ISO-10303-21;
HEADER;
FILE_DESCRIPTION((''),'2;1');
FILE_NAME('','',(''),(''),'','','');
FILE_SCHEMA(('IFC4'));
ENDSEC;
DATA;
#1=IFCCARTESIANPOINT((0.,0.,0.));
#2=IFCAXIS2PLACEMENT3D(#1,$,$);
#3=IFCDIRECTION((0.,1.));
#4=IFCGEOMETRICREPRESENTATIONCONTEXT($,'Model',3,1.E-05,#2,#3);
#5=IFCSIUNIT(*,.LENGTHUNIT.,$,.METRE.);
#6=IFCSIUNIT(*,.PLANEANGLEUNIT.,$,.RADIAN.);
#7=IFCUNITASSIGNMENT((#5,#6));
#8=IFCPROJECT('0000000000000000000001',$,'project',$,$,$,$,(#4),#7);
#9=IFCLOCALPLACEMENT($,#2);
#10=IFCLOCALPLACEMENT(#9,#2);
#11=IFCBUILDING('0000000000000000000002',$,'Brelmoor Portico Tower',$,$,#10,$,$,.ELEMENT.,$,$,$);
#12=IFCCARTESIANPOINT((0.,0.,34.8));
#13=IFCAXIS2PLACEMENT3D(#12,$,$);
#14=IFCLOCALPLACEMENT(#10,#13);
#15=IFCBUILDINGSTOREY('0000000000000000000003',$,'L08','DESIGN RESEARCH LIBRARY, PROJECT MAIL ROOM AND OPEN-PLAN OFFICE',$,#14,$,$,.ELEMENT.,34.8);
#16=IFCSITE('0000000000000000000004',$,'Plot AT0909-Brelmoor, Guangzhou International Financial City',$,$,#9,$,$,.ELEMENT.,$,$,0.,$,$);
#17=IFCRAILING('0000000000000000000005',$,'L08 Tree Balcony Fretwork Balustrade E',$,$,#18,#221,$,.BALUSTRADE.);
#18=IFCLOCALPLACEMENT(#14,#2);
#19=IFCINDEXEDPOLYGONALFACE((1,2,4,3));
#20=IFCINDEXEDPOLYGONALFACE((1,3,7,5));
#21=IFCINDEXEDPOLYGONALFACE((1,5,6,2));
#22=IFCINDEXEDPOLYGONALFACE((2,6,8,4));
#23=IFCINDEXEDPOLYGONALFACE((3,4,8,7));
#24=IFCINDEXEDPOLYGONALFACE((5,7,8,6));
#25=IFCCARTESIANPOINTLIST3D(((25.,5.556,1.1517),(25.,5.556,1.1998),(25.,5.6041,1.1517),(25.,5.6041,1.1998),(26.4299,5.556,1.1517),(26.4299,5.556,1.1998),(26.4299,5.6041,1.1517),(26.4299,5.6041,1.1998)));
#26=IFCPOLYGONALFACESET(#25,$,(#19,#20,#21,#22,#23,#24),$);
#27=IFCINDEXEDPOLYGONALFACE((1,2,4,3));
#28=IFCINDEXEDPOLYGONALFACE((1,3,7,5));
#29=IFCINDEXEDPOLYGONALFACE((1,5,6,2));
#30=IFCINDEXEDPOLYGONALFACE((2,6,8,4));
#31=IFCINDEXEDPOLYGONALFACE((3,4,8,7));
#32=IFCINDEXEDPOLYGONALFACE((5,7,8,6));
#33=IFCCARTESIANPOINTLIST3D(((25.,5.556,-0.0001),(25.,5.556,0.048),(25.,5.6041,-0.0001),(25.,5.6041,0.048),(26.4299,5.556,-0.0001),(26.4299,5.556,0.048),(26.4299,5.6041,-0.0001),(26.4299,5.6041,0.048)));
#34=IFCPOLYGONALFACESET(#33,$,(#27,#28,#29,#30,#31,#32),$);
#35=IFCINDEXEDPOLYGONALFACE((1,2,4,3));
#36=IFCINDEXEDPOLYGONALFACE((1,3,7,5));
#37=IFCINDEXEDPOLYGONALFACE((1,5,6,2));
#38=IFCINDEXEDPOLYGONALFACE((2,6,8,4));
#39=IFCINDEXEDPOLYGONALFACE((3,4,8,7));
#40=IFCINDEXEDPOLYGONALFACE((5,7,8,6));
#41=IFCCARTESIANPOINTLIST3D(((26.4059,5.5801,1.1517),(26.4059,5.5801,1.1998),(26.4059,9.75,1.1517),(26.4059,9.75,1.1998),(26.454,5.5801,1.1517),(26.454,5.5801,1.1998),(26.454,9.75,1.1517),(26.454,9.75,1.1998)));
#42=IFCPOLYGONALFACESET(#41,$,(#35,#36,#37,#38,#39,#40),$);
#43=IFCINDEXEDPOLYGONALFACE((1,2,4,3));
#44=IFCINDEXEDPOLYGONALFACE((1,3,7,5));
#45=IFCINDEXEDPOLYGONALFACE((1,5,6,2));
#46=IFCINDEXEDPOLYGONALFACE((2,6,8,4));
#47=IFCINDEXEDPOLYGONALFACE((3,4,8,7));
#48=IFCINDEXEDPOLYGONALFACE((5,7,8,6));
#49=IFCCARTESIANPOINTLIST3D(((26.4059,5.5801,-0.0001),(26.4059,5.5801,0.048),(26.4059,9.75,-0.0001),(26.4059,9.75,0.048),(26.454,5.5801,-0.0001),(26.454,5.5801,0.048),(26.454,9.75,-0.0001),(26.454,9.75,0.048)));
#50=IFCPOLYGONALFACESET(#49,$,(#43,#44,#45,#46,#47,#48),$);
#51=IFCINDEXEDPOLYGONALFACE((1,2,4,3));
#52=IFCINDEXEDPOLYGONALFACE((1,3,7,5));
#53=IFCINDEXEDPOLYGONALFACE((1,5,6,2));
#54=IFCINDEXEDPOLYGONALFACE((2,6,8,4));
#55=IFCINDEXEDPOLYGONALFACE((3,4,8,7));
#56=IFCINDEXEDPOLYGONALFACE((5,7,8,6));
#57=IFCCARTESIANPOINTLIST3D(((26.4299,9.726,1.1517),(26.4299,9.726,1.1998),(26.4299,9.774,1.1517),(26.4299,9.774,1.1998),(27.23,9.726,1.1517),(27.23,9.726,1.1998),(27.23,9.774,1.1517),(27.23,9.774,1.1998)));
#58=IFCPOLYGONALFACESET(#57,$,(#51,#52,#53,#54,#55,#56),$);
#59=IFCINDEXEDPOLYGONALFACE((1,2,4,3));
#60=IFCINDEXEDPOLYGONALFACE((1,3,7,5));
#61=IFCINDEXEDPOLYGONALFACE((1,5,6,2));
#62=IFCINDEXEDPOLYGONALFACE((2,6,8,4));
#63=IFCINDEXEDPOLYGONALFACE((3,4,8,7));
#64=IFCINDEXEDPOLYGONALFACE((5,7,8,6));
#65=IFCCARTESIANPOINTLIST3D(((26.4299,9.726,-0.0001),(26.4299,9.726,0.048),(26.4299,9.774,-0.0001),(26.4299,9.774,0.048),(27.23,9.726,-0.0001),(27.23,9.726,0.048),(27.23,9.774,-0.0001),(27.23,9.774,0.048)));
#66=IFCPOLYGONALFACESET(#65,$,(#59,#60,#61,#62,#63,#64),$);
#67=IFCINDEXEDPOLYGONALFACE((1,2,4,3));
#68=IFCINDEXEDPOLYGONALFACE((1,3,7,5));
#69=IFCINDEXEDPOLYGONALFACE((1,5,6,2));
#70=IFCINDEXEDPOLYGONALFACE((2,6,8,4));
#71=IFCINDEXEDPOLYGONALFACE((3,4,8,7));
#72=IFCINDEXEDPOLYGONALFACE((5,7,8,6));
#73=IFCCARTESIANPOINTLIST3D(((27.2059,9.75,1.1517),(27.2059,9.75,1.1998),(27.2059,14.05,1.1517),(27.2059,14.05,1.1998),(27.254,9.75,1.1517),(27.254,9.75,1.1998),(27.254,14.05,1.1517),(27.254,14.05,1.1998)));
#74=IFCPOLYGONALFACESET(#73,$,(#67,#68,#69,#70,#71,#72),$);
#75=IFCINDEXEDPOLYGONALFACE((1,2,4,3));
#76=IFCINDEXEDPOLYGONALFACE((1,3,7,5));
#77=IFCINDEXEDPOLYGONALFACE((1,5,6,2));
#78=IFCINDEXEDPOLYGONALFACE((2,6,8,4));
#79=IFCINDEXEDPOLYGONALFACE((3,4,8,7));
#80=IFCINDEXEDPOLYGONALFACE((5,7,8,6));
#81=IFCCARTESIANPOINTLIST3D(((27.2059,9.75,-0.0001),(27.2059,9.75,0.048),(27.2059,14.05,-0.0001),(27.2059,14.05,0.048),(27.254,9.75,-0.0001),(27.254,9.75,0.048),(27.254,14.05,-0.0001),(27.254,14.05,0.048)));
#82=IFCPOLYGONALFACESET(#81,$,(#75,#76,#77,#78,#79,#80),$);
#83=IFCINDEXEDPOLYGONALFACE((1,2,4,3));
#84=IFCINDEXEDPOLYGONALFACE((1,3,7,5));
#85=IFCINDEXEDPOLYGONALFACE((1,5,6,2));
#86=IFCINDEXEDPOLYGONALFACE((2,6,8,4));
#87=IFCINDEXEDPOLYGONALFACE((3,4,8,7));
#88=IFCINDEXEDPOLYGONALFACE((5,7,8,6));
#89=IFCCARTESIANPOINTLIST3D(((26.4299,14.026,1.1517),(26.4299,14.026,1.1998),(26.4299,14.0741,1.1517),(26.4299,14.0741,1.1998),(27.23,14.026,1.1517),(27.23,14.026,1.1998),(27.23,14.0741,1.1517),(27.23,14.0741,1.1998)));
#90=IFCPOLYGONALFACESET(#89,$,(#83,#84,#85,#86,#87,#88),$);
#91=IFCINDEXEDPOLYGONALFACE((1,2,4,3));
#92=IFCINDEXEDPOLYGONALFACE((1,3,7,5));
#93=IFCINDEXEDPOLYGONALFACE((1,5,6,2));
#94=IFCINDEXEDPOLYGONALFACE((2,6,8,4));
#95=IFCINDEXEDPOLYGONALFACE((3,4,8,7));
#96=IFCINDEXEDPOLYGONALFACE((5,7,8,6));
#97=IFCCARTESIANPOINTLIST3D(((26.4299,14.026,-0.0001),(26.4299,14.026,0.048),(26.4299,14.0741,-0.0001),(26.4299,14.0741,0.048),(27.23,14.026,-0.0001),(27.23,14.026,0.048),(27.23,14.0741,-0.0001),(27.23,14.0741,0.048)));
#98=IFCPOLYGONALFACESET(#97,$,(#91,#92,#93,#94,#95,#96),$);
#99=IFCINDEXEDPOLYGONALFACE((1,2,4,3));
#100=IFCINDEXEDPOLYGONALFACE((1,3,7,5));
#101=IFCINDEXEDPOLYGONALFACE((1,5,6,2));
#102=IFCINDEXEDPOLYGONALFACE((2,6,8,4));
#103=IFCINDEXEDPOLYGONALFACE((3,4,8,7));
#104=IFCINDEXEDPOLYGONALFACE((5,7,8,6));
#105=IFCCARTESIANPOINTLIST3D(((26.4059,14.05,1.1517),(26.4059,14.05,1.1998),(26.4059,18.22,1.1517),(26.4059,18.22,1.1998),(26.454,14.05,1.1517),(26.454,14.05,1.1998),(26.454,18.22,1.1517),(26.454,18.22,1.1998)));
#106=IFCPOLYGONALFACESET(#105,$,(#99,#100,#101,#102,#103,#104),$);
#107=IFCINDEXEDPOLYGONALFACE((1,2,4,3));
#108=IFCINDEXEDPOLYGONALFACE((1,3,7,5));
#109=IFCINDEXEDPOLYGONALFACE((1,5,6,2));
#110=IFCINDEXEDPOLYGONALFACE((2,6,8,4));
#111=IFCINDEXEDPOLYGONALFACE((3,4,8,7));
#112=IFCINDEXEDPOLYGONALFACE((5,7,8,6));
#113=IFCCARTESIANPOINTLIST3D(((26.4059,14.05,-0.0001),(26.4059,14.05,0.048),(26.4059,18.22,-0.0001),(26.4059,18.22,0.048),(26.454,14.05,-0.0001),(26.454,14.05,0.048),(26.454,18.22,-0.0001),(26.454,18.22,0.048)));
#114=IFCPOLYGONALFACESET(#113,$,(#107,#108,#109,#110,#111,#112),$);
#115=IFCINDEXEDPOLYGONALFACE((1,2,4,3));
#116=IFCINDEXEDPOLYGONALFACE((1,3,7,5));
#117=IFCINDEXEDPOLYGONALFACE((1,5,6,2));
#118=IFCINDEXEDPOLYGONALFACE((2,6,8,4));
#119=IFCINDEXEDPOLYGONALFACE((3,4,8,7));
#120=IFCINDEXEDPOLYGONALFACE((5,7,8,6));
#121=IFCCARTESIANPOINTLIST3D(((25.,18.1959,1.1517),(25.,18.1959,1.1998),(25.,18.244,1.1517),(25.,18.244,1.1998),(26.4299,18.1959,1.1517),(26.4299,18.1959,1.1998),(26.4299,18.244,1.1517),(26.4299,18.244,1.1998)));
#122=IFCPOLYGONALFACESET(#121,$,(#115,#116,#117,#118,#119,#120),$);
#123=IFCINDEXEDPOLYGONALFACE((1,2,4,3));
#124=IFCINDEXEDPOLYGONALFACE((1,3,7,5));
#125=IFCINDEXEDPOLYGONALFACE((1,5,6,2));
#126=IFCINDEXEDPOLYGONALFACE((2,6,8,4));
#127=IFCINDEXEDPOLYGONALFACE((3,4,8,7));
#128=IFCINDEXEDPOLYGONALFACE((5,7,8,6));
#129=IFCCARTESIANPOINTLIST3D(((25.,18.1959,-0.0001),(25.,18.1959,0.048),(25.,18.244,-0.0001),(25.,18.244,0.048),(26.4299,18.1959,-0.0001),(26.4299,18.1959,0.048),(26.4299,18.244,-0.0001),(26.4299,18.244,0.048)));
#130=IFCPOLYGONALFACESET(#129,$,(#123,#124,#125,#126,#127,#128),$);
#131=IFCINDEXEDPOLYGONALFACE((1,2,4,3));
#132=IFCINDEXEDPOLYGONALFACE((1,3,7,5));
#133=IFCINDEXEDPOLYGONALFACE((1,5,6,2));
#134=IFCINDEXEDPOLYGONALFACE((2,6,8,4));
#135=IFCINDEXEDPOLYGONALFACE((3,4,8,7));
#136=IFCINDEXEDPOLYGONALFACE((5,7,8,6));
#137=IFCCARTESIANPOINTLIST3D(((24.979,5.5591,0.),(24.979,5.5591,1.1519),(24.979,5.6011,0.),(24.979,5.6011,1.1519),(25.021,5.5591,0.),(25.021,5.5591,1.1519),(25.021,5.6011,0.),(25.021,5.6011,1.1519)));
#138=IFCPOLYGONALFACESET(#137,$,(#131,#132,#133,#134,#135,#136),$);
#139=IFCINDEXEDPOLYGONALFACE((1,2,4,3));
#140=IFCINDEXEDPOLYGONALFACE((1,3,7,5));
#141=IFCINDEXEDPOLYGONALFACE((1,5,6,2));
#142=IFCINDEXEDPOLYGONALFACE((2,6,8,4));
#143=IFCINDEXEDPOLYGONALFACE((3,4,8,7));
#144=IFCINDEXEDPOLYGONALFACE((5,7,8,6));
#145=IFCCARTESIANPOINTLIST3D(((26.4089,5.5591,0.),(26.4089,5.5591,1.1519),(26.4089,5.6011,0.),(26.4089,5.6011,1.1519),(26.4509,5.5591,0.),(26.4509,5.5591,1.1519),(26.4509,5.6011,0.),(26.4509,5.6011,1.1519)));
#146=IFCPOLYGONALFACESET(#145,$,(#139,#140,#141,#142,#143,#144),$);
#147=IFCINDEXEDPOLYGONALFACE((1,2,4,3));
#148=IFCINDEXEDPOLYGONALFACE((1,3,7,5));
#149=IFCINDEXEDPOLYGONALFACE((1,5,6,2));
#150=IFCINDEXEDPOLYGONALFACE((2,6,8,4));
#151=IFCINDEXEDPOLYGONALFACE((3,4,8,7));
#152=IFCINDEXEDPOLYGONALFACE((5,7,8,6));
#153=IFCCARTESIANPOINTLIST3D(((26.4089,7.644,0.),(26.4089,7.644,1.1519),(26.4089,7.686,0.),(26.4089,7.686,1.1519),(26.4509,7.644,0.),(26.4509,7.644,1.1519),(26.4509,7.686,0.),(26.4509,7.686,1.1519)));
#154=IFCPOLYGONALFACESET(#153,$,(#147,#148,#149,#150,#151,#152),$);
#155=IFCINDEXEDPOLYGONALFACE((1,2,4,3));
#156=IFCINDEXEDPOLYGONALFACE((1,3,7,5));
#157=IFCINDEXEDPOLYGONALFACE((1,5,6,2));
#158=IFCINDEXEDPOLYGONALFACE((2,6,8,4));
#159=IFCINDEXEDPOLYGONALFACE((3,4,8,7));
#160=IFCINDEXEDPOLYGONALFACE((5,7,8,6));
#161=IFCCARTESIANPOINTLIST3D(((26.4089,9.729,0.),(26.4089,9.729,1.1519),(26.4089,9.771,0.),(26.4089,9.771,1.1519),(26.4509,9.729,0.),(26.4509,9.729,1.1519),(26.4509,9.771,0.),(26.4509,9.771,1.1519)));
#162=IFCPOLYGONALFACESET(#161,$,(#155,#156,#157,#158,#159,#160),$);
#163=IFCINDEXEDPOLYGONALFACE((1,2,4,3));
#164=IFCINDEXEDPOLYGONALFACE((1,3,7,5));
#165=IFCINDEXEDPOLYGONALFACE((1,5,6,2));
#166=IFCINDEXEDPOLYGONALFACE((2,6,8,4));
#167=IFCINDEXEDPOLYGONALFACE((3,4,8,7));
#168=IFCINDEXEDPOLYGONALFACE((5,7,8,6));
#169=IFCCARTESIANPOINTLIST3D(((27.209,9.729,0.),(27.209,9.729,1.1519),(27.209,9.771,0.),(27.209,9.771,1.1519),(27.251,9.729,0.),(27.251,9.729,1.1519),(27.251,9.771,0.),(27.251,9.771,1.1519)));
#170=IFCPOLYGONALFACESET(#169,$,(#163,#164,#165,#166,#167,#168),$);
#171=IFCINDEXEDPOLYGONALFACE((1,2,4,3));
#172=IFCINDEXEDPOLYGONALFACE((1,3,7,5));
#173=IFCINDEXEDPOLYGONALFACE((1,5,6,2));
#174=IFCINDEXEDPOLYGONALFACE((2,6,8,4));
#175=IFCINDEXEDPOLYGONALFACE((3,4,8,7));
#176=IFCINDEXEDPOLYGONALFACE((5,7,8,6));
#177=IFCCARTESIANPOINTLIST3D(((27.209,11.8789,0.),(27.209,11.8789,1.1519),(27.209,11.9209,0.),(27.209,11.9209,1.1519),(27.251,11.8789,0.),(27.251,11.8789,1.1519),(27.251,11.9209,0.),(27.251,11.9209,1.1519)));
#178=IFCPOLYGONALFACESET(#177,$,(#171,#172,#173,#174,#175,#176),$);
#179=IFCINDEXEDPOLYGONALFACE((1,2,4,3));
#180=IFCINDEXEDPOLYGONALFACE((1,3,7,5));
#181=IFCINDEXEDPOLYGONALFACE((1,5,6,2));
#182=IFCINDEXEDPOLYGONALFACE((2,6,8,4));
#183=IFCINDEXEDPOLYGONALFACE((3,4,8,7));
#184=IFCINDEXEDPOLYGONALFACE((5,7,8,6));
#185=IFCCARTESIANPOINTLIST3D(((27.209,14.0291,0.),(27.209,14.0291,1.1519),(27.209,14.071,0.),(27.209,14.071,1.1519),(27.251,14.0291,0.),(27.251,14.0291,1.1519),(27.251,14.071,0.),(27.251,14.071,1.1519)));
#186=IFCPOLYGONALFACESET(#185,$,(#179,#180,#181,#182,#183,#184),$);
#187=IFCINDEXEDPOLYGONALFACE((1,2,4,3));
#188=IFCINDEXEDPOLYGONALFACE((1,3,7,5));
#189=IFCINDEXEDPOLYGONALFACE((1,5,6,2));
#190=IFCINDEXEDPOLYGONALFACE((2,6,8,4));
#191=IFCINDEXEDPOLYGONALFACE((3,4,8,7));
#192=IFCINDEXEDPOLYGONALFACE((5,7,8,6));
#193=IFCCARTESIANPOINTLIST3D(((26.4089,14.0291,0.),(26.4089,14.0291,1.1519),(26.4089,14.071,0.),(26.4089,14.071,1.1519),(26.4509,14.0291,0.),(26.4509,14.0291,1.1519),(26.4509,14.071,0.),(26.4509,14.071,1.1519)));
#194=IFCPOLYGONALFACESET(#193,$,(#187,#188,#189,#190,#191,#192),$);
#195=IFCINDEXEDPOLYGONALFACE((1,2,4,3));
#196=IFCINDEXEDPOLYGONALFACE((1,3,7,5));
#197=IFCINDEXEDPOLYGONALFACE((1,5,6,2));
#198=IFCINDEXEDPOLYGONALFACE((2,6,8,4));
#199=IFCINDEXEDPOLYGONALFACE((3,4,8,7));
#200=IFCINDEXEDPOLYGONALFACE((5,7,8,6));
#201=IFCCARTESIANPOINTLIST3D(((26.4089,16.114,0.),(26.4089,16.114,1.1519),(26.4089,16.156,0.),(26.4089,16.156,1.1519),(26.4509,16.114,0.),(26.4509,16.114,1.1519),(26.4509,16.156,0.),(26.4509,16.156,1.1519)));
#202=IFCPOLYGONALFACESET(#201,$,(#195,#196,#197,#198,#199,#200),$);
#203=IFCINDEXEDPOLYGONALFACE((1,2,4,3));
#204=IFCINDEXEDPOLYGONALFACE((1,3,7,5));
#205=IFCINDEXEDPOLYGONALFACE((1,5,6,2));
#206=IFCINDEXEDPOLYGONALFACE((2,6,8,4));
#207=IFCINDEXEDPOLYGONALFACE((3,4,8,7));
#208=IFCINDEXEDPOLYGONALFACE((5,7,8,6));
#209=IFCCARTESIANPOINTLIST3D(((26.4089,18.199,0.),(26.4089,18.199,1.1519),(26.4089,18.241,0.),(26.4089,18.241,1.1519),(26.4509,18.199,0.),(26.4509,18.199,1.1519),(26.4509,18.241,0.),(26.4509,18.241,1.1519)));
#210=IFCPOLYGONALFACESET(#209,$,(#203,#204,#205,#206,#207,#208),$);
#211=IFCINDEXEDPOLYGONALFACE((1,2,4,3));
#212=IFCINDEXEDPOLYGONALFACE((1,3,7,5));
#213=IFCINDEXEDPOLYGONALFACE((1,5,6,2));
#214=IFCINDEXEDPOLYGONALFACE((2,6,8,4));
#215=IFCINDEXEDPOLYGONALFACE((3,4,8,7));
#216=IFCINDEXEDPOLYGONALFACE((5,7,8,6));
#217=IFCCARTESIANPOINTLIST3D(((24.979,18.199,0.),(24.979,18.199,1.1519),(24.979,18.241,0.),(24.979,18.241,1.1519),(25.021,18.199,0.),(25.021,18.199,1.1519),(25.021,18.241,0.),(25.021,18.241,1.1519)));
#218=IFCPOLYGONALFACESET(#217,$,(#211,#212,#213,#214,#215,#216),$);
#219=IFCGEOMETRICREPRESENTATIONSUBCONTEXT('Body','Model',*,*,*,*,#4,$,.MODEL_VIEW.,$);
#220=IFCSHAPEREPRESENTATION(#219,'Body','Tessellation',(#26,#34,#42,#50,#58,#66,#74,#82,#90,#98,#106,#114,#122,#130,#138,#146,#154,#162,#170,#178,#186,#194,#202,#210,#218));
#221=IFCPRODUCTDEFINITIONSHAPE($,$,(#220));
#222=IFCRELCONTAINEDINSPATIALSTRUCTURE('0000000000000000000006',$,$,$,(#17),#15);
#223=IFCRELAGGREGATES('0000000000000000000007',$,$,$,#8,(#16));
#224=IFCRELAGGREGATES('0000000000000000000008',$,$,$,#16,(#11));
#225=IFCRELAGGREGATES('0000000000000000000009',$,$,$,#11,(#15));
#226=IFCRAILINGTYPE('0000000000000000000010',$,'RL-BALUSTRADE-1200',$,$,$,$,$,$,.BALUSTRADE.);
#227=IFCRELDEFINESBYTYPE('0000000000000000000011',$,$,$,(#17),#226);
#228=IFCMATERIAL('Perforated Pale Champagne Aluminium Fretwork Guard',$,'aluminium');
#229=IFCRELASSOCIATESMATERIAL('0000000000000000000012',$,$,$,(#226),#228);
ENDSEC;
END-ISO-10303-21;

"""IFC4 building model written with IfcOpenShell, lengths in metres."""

from ifc_helpers import new_model, si_unit, direction, frame, origin, origin_2d, place, context, subcontext, project, spatial, rectangle, extrude, material, type_object, element, save


model = new_model("IFC4")

# Units and contexts
model_context = context("Model", 3, precision=1e-05, world=origin(), true_north=direction((0.0, 1.0)))
body_context = subcontext(model_context, "Body", "Model", "MODEL_VIEW")
ifc_project = project(units=[si_unit("LENGTHUNIT", "METRE"), si_unit("PLANEANGLEUNIT", "RADIAN")], contexts=[model_context])

# Site, building, storey
site_placement = place(None, origin())
site = spatial("IfcSite", under=ifc_project, at=site_placement, Name="Plot AT0909-Brelmoor, Guangzhou International Financial City", CompositionType="ELEMENT", RefElevation=0.0)
building_placement = place(site_placement, origin())
building = spatial("IfcBuilding", under=site, at=building_placement, Name="Brelmoor Portico Tower", CompositionType="ELEMENT")
storey_placement = place(building_placement, frame((0.0, 0.0, 34.8)))
storey = spatial("IfcBuildingStorey", under=building, at=storey_placement, Name="L08", Description="DESIGN RESEARCH LIBRARY, PROJECT MAIL ROOM AND OPEN-PLAN OFFICE", CompositionType="ELEMENT", Elevation=34.8)

# Railing
ifc_material_1 = material(Name="Perforated Pale Champagne Aluminium Fretwork Guard", Category="aluminium")
railing_type_1 = type_object("IfcRailingType", Name="RL-BALUSTRADE-1200", PredefinedType="BALUSTRADE", material=ifc_material_1)
railing_1_placement = place(storey_placement, frame((25.0, 5.5801, 0.0)))
element("IfcRailing", 1, at=railing_1_placement, inside=storey, type_object=railing_type_1, Name="L08 Tree Balcony Fretwork Balustrade E", PredefinedType="BALUSTRADE", context=body_context, shape_type="SweptSolid", body=[
    extrude(rectangle(XDim=0.0481, YDim=0.0481, at=origin_2d()), frame((0.0, 0.0, 1.1758), z_axis=(1.0, 0.0, 0.0), x_axis=(0.0, 1.0, 0.0)), (0.0, 0.0, 1.0), 1.4299),
    extrude(rectangle(XDim=0.0481, YDim=0.0481, at=origin_2d()), frame((0.0, 0.0, 0.0239), z_axis=(1.0, 0.0, 0.0), x_axis=(0.0, 1.0, 0.0)), (0.0, 0.0, 1.0), 1.4299),
    extrude(rectangle(XDim=0.0481, YDim=0.0481, at=origin_2d()), frame((1.4299, 0.0, 1.1758), z_axis=(0.0, 1.0, 0.0), x_axis=(-1.0, 0.0, 0.0)), (0.0, 0.0, 1.0), 4.1699),
    extrude(rectangle(XDim=0.0481, YDim=0.0481, at=origin_2d()), frame((1.4299, 0.0, 0.0239), z_axis=(0.0, 1.0, 0.0), x_axis=(-1.0, 0.0, 0.0)), (0.0, 0.0, 1.0), 4.1699),
    extrude(rectangle(XDim=0.0481, YDim=0.0481, at=origin_2d()), frame((1.4299, 4.1699, 1.1758), z_axis=(1.0, 0.0, 0.0), x_axis=(0.0, 1.0, 0.0)), (0.0, 0.0, 1.0), 0.8),
    extrude(rectangle(XDim=0.0481, YDim=0.0481, at=origin_2d()), frame((1.4299, 4.1699, 0.0239), z_axis=(1.0, 0.0, 0.0), x_axis=(0.0, 1.0, 0.0)), (0.0, 0.0, 1.0), 0.8),
    extrude(rectangle(XDim=0.0481, YDim=0.0481, at=origin_2d()), frame((2.23, 4.1699, 1.1758), z_axis=(0.0, 1.0, 0.0), x_axis=(-1.0, 0.0, 0.0)), (0.0, 0.0, 1.0), 4.3),
    extrude(rectangle(XDim=0.0481, YDim=0.0481, at=origin_2d()), frame((2.23, 4.1699, 0.0239), z_axis=(0.0, 1.0, 0.0), x_axis=(-1.0, 0.0, 0.0)), (0.0, 0.0, 1.0), 4.3),
    extrude(rectangle(XDim=0.0481, YDim=0.0481, at=origin_2d()), frame((2.23, 8.47, 1.1758), z_axis=(-1.0, 0.0, 0.0), x_axis=(0.0, -1.0, 0.0)), (0.0, 0.0, 1.0), 0.8),
    extrude(rectangle(XDim=0.0481, YDim=0.0481, at=origin_2d()), frame((2.23, 8.47, 0.0239), z_axis=(-1.0, 0.0, 0.0), x_axis=(0.0, -1.0, 0.0)), (0.0, 0.0, 1.0), 0.8),
    extrude(rectangle(XDim=0.0481, YDim=0.0481, at=origin_2d()), frame((1.4299, 8.47, 1.1758), z_axis=(0.0, 1.0, 0.0), x_axis=(-1.0, 0.0, 0.0)), (0.0, 0.0, 1.0), 4.1699),
    extrude(rectangle(XDim=0.0481, YDim=0.0481, at=origin_2d()), frame((1.4299, 8.47, 0.0239), z_axis=(0.0, 1.0, 0.0), x_axis=(-1.0, 0.0, 0.0)), (0.0, 0.0, 1.0), 4.1699),
    extrude(rectangle(XDim=0.0481, YDim=0.0481, at=origin_2d()), frame((1.4299, 12.6399, 1.1758), z_axis=(-1.0, 0.0, 0.0), x_axis=(0.0, -1.0, 0.0)), (0.0, 0.0, 1.0), 1.4299),
    extrude(rectangle(XDim=0.0481, YDim=0.0481, at=origin_2d()), frame((1.4299, 12.6399, 0.0239), z_axis=(-1.0, 0.0, 0.0), x_axis=(0.0, -1.0, 0.0)), (0.0, 0.0, 1.0), 1.4299),
    extrude(rectangle(XDim=0.042, YDim=0.042, at=origin_2d()), origin(), (0.0, 0.0, 1.0), 1.1519),
    extrude(rectangle(XDim=0.042, YDim=0.042, at=origin_2d()), frame((1.4299, 0.0, 0.0)), (0.0, 0.0, 1.0), 1.1519),
    extrude(rectangle(XDim=0.042, YDim=0.042, at=origin_2d()), frame((1.4299, 2.085, 0.0)), (0.0, 0.0, 1.0), 1.1519),
    extrude(rectangle(XDim=0.042, YDim=0.042, at=origin_2d()), frame((1.4299, 4.1699, 0.0)), (0.0, 0.0, 1.0), 1.1519),
    extrude(rectangle(XDim=0.042, YDim=0.042, at=origin_2d()), frame((2.23, 4.1699, 0.0)), (0.0, 0.0, 1.0), 1.1519),
    extrude(rectangle(XDim=0.042, YDim=0.042, at=origin_2d()), frame((2.23, 6.3198, 0.0)), (0.0, 0.0, 1.0), 1.1519),
    extrude(rectangle(XDim=0.042, YDim=0.042, at=origin_2d()), frame((2.23, 8.47, 0.0)), (0.0, 0.0, 1.0), 1.1519),
    extrude(rectangle(XDim=0.042, YDim=0.042, at=origin_2d()), frame((1.4299, 8.47, 0.0)), (0.0, 0.0, 1.0), 1.1519),
    extrude(rectangle(XDim=0.042, YDim=0.042, at=origin_2d()), frame((1.4299, 10.5549, 0.0)), (0.0, 0.0, 1.0), 1.1519),
    extrude(rectangle(XDim=0.042, YDim=0.042, at=origin_2d()), frame((1.4299, 12.6399, 0.0)), (0.0, 0.0, 1.0), 1.1519),
    extrude(rectangle(XDim=0.042, YDim=0.042, at=origin_2d()), frame((0.0, 12.6399, 0.0)), (0.0, 0.0, 1.0), 1.1519),
])

save(model, "model.ifc")
